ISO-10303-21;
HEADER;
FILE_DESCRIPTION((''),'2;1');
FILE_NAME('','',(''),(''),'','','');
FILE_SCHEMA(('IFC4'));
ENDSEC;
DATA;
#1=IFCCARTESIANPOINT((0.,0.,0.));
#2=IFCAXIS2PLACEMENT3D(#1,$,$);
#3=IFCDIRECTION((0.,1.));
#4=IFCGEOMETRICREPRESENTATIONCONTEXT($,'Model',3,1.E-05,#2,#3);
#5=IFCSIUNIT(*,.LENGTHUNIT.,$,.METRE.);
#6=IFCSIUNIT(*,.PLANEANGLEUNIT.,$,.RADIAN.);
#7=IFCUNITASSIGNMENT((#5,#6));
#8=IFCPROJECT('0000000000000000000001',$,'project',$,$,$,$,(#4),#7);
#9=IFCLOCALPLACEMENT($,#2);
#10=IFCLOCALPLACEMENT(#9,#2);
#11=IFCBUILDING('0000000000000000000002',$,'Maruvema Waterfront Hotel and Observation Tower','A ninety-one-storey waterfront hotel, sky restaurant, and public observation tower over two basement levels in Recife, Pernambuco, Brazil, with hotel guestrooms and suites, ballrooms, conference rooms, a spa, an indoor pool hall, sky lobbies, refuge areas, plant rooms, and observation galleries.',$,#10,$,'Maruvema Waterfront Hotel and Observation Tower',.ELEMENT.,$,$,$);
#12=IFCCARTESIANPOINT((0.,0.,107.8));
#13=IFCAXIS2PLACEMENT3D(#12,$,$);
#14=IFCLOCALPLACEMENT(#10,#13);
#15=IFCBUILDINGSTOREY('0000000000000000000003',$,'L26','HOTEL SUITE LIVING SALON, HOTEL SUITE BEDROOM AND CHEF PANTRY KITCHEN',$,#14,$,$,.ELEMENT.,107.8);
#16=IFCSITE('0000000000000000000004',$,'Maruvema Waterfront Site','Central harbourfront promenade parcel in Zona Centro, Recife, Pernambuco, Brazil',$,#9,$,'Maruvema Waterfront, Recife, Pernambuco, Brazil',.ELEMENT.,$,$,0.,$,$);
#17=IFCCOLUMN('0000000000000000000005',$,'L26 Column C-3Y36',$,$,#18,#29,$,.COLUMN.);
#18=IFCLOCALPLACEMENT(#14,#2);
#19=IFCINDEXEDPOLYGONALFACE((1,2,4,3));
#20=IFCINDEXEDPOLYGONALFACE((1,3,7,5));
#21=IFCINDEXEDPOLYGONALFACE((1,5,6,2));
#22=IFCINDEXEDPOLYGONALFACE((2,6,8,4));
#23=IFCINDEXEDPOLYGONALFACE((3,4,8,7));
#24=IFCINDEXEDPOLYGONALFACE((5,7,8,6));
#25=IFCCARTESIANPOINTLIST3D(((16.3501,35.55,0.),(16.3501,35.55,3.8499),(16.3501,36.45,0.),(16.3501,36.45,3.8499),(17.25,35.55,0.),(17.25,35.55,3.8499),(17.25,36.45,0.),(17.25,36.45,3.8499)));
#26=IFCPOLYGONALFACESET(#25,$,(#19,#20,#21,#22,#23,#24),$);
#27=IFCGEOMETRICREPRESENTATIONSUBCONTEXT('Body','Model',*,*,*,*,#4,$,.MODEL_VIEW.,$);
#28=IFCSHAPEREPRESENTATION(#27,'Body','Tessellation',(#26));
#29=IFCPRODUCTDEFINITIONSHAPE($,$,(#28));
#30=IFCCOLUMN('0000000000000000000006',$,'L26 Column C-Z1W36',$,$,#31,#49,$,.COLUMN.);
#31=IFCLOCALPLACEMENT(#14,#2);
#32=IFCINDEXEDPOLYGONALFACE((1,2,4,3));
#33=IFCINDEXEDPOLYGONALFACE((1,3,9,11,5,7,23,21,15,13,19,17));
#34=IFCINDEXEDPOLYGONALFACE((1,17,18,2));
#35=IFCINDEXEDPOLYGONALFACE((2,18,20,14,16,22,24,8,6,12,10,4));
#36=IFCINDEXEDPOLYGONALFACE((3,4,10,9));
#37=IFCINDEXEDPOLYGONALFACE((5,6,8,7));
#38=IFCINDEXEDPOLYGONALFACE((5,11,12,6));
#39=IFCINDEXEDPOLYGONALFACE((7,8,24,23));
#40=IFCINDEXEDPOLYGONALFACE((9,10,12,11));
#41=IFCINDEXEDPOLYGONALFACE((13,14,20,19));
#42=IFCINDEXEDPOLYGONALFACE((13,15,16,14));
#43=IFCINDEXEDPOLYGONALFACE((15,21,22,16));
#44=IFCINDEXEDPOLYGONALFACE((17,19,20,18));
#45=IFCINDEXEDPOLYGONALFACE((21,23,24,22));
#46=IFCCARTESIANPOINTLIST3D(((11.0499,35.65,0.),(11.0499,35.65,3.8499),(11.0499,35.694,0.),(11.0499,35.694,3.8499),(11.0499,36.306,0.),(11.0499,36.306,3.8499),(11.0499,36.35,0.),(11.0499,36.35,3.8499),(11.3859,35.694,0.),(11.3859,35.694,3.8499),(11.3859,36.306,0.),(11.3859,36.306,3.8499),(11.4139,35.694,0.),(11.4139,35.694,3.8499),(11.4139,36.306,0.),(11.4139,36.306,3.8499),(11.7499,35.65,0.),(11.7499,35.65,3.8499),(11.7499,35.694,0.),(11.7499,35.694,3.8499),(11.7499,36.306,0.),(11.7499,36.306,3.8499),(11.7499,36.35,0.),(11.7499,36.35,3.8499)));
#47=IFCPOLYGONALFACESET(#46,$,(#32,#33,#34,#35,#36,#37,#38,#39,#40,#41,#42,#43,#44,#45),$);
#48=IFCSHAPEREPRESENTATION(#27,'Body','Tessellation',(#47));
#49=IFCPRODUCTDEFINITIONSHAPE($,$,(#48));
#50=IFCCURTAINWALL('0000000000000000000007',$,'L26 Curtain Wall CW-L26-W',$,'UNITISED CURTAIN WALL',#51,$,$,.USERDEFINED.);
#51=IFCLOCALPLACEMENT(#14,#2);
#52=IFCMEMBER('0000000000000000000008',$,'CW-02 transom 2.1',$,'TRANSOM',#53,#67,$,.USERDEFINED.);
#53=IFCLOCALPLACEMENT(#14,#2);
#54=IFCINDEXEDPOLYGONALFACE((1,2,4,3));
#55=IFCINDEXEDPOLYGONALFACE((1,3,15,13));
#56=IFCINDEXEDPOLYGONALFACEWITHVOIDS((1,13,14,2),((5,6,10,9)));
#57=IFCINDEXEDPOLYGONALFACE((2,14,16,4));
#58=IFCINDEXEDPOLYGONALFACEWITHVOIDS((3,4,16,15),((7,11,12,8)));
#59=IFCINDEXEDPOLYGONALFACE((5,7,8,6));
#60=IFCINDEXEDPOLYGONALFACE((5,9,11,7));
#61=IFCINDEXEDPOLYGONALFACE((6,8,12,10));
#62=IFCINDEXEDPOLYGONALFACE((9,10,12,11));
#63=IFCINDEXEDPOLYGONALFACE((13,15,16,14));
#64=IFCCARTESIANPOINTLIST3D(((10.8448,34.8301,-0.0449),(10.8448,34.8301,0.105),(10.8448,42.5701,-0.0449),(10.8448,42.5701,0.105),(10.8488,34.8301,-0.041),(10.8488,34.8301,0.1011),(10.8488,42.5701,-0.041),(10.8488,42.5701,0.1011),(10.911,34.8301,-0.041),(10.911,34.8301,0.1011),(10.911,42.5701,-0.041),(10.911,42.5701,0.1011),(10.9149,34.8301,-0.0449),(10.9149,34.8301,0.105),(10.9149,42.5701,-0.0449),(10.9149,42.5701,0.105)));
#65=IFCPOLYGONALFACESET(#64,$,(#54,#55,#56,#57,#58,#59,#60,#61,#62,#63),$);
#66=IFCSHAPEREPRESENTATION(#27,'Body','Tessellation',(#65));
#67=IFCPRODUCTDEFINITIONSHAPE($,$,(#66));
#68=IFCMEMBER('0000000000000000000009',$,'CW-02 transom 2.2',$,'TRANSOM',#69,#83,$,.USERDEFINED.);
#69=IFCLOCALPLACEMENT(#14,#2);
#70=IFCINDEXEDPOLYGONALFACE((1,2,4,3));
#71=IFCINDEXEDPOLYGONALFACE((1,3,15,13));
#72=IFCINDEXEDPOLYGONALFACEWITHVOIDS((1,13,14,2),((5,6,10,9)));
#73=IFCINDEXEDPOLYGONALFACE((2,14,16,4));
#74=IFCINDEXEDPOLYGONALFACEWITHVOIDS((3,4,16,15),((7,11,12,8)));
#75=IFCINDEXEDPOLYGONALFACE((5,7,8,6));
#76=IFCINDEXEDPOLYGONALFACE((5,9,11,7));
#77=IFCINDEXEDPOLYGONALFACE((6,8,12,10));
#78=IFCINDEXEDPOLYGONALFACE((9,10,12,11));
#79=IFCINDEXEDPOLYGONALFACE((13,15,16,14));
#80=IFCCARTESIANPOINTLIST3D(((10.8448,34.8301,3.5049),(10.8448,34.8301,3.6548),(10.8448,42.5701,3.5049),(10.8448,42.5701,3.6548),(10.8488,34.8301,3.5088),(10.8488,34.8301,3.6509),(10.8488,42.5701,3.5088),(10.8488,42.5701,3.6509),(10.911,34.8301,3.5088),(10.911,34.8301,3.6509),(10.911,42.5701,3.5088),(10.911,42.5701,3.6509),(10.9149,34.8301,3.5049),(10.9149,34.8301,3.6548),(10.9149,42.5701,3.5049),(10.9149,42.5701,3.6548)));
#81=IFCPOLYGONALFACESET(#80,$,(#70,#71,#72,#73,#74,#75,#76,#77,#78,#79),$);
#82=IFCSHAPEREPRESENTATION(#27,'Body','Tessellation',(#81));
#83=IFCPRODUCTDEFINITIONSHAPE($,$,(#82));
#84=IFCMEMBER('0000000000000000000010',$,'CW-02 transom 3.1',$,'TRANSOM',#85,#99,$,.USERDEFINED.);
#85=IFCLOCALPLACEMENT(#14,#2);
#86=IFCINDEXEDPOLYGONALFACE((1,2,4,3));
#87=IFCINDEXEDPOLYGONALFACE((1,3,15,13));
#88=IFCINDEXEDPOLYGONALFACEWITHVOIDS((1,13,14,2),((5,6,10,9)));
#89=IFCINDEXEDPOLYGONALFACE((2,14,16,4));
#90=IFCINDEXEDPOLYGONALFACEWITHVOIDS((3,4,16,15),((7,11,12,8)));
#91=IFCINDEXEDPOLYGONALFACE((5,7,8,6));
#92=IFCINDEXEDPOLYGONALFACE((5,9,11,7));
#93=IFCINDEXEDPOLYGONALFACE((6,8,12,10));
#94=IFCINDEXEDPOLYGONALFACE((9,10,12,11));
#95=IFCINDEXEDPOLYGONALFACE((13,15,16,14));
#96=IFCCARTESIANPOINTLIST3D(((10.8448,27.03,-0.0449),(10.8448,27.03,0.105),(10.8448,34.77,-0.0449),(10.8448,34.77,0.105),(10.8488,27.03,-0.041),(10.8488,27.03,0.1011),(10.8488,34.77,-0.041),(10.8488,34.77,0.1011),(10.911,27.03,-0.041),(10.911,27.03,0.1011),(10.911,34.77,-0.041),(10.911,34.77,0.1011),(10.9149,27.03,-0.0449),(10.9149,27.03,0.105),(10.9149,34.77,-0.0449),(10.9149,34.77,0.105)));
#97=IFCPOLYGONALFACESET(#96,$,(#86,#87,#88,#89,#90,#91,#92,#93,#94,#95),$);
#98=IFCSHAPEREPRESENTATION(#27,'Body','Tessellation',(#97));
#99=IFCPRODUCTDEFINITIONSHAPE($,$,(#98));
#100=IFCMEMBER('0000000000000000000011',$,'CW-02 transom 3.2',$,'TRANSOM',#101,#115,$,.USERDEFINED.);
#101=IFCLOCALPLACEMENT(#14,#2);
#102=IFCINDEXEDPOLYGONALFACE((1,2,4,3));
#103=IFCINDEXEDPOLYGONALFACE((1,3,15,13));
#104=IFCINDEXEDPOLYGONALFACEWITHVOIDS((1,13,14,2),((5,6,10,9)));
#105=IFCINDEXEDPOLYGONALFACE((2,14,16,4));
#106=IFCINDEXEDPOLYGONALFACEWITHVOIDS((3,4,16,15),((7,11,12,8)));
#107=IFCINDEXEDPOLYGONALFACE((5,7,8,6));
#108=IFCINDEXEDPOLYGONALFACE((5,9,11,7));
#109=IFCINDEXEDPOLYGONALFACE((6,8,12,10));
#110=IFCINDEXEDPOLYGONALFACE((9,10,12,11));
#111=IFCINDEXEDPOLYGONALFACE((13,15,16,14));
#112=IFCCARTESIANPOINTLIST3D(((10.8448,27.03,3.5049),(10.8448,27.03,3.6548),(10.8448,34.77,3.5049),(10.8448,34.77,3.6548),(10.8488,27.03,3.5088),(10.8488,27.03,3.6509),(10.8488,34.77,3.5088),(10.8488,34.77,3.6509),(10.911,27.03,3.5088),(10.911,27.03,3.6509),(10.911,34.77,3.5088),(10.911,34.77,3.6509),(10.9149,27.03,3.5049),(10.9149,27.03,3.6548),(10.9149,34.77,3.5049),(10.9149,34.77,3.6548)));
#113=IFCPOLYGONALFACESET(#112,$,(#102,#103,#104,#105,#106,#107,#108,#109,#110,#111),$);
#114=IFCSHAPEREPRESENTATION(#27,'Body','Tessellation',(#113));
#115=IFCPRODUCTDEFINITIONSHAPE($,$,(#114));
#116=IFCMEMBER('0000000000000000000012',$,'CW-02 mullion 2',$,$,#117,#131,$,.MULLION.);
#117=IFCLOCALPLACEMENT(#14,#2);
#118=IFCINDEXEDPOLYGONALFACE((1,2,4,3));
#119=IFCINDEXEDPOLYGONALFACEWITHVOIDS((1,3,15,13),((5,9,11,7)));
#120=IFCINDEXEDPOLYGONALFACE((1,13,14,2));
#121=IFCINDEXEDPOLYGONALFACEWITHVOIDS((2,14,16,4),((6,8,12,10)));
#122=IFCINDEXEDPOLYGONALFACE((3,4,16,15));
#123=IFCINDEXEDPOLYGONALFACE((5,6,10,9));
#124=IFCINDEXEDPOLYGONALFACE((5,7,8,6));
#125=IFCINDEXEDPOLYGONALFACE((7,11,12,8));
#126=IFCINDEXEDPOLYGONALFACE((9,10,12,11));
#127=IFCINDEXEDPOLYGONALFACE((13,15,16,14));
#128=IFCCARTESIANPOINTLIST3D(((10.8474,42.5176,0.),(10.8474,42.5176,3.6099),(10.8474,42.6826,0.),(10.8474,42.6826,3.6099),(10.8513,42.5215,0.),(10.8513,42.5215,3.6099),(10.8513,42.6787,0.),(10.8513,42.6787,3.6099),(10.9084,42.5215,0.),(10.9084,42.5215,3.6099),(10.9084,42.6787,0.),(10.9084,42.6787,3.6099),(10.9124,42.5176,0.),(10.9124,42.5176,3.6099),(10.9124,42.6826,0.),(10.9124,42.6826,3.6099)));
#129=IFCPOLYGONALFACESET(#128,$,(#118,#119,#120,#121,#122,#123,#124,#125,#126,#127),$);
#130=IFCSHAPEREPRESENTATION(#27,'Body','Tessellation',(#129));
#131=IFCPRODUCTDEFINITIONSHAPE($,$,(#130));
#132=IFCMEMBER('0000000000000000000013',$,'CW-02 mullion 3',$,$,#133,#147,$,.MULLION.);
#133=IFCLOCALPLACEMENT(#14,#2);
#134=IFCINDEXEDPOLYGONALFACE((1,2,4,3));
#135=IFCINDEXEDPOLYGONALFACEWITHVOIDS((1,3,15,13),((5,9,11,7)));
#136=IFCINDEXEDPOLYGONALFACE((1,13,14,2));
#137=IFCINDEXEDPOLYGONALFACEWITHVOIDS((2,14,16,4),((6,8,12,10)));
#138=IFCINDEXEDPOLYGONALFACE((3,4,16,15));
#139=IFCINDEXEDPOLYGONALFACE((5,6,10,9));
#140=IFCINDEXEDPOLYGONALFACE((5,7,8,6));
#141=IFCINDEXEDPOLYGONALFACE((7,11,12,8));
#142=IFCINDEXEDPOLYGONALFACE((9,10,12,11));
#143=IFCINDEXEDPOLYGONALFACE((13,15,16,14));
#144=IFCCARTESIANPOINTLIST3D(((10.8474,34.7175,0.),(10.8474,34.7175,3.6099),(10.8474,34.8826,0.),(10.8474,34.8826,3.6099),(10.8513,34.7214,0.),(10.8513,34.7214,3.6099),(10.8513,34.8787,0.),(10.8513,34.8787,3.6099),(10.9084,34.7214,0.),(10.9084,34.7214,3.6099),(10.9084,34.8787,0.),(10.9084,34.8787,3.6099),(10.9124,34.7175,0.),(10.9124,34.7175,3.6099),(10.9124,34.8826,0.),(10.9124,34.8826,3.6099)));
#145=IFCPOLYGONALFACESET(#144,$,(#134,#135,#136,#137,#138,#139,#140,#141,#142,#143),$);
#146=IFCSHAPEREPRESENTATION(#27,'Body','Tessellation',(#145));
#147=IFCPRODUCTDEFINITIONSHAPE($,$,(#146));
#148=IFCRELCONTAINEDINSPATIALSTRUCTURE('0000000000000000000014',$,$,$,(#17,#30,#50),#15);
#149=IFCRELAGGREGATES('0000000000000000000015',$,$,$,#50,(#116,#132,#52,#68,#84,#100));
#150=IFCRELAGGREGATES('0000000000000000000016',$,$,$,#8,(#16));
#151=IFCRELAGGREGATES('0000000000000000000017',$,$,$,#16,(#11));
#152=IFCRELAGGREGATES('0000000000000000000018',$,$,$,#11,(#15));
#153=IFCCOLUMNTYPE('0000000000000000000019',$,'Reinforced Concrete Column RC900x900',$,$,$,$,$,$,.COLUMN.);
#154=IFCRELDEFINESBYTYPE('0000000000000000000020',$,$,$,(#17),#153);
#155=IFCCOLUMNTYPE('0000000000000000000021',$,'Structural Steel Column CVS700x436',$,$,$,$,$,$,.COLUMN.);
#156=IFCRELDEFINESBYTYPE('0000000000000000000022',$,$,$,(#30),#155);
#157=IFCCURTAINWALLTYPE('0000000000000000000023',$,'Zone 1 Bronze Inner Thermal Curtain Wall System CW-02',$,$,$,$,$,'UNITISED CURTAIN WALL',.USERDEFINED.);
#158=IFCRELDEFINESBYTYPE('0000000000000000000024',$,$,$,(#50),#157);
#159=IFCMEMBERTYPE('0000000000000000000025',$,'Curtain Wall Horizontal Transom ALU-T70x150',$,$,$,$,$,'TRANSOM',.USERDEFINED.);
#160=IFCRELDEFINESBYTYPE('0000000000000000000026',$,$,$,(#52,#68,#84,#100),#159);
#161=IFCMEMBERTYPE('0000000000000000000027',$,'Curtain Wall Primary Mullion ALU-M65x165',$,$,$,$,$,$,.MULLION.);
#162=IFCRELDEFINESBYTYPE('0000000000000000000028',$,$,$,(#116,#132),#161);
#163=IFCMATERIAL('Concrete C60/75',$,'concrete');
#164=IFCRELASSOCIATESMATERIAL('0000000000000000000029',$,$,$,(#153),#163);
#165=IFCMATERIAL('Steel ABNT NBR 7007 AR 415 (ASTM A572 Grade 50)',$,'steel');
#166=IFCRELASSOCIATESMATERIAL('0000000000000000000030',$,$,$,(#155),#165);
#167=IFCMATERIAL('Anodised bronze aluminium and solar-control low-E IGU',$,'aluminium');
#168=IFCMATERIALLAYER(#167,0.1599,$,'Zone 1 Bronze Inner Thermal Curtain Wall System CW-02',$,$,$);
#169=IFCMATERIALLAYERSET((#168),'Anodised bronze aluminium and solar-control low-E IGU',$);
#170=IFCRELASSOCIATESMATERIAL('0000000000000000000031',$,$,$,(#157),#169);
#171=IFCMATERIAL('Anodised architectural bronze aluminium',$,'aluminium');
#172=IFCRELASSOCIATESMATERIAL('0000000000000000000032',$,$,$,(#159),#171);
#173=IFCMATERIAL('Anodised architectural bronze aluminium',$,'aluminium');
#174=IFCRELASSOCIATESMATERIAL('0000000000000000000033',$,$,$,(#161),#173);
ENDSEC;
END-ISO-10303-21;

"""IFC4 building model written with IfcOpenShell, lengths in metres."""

from ifc_helpers import new_model, si_unit, direction, frame, origin, origin_2d, place, context, subcontext, project, spatial, rectangle, hollow_rectangle, i_section, extrude, material, layer, layer_set, material_profile, profile_set, type_object, element, aggregate, save


model = new_model("IFC4")

# Units and contexts
model_context = context("Model", 3, precision=1e-05, world=origin(), true_north=direction((0.0, 1.0)))
body_context = subcontext(model_context, "Body", "Model", "MODEL_VIEW")
ifc_project = project(units=[si_unit("LENGTHUNIT", "METRE"), si_unit("PLANEANGLEUNIT", "RADIAN")], contexts=[model_context])

# Site, building, storey
site_placement = place(None, origin())
site = spatial("IfcSite", under=ifc_project, at=site_placement, Name="Maruvema Waterfront Site", Description="Central harbourfront promenade parcel in Zona Centro, Recife, Pernambuco, Brazil", LongName="Maruvema Waterfront, Recife, Pernambuco, Brazil", CompositionType="ELEMENT", RefElevation=0.0)
building_placement = place(site_placement, origin())
building = spatial("IfcBuilding", under=site, at=building_placement, Name="Maruvema Waterfront Hotel and Observation Tower", Description="A ninety-one-storey waterfront hotel, sky restaurant, and public observation tower over two basement levels in Recife, Pernambuco, Brazil, with hotel guestrooms and suites, ballrooms, conference rooms, a spa, an indoor pool hall, sky lobbies, refuge areas, plant rooms, and observation galleries.", LongName="Maruvema Waterfront Hotel and Observation Tower", CompositionType="ELEMENT")
storey_placement = place(building_placement, frame((0.0, 0.0, 107.8)))
storey = spatial("IfcBuildingStorey", under=building, at=storey_placement, Name="L26", Description="HOTEL SUITE LIVING SALON, HOTEL SUITE BEDROOM AND CHEF PANTRY KITCHEN", CompositionType="ELEMENT", Elevation=107.8)

# Columns
ifc_material_1 = material(Name="Concrete C60/75", Category="concrete")
ifc_material_profile_1 = material_profile(ifc_material_1, rectangle(XDim=0.8999, YDim=0.8999, at=origin_2d()), Name="RC900x900")
ifc_profile_set_1 = profile_set([ifc_material_profile_1], Name="Concrete C60/75")
column_type_1 = type_object("IfcColumnType", Name="Reinforced Concrete Column RC900x900", PredefinedType="COLUMN", material=ifc_profile_set_1)
column_1_placement = place(storey_placement, frame((16.8, 36.0, 0.0), z_axis=(0.0, 0.0, 1.0), x_axis=(1.0, 0.0, 0.0)))
element("IfcColumn", 1, at=column_1_placement, inside=storey, type_object=column_type_1, Name="L26 Column C-3Y36", PredefinedType="COLUMN", context=body_context, shape_type="SweptSolid", body=[
    extrude(rectangle(XDim=0.8999, YDim=0.8999, at=origin_2d()), origin(), (0.0, 0.0, 1.0), 3.8499),
])
ifc_material_2 = material(Name="Steel ABNT NBR 7007 AR 415 (ASTM A572 Grade 50)", Category="steel")
ifc_material_profile_2 = material_profile(ifc_material_2, i_section(OverallWidth=0.7, OverallDepth=0.7, WebThickness=0.0281, FlangeThickness=0.0439, at=origin_2d()), Name="CVS700x436")
ifc_profile_set_2 = profile_set([ifc_material_profile_2], Name="Steel ABNT NBR 7007 AR 415 (ASTM A572 Grade 50)")
column_type_2 = type_object("IfcColumnType", Name="Structural Steel Column CVS700x436", PredefinedType="COLUMN", material=ifc_profile_set_2)
column_2_placement = place(storey_placement, frame((11.3999, 36.0, 0.0), z_axis=(0.0, 0.0, 1.0), x_axis=(1.0, 0.0, 0.0)))
element("IfcColumn", 2, at=column_2_placement, inside=storey, type_object=column_type_2, Name="L26 Column C-Z1W36", PredefinedType="COLUMN", context=body_context, shape_type="SweptSolid", body=[
    extrude(i_section(OverallWidth=0.7, OverallDepth=0.7, WebThickness=0.0281, FlangeThickness=0.0439, at=origin_2d()), origin(), (0.0, 0.0, 1.0), 3.8499),
])

# Curtain wall, members
ifc_material_3 = material(Name="Anodised bronze aluminium and solar-control low-E IGU", Category="aluminium")
ifc_layer_1 = layer(ifc_material_3, 0.1599, Name="Zone 1 Bronze Inner Thermal Curtain Wall System CW-02")
ifc_layer_set_1 = layer_set([ifc_layer_1], Name="Anodised bronze aluminium and solar-control low-E IGU")
curtain_wall_type = type_object("IfcCurtainWallType", Name="Zone 1 Bronze Inner Thermal Curtain Wall System CW-02", ElementType="UNITISED CURTAIN WALL", PredefinedType="USERDEFINED", material=ifc_layer_set_1)
curtain_wall_placement = place(storey_placement, origin())
curtain_wall = element("IfcCurtainWall", 3, at=curtain_wall_placement, inside=storey, type_object=curtain_wall_type, Name="L26 Curtain Wall CW-L26-W", ObjectType="UNITISED CURTAIN WALL", PredefinedType="USERDEFINED")
ifc_material_4 = material(Name="Anodised architectural bronze aluminium", Category="aluminium")
ifc_material_profile_3 = material_profile(ifc_material_4, hollow_rectangle(XDim=0.0701, YDim=0.1499, WallThickness=0.0039, at=origin_2d()), Name="ALU-T70x150")
ifc_profile_set_3 = profile_set([ifc_material_profile_3], Name="Anodised architectural bronze aluminium")
member_type_1 = type_object("IfcMemberType", Name="Curtain Wall Horizontal Transom ALU-T70x150", ElementType="TRANSOM", PredefinedType="USERDEFINED", material=ifc_profile_set_3)
member_1_placement = place(storey_placement, frame((10.8799, 42.5701, 0.03), z_axis=(0.0, -1.0, 0.0), x_axis=(1.0, 0.0, 0.0)))
member_1 = element("IfcMember", 4, at=member_1_placement, type_object=member_type_1, Name="CW-02 transom 2.1", ObjectType="TRANSOM", PredefinedType="USERDEFINED", context=body_context, shape_type="SweptSolid", body=[
    extrude(hollow_rectangle(XDim=0.0701, YDim=0.1499, WallThickness=0.0039, at=origin_2d()), origin(), (0.0, 0.0, 1.0), 7.74),
])
member_2_placement = place(storey_placement, frame((10.8799, 42.5701, 3.5798), z_axis=(0.0, -1.0, 0.0), x_axis=(1.0, 0.0, 0.0)))
member_2 = element("IfcMember", 5, at=member_2_placement, type_object=member_type_1, Name="CW-02 transom 2.2", ObjectType="TRANSOM", PredefinedType="USERDEFINED", context=body_context, shape_type="SweptSolid", body=[
    extrude(hollow_rectangle(XDim=0.0701, YDim=0.1499, WallThickness=0.0039, at=origin_2d()), origin(), (0.0, 0.0, 1.0), 7.74),
])
member_3_placement = place(storey_placement, frame((10.8799, 34.77, 0.03), z_axis=(0.0, -1.0, 0.0), x_axis=(1.0, 0.0, 0.0)))
member_3 = element("IfcMember", 6, at=member_3_placement, type_object=member_type_1, Name="CW-02 transom 3.1", ObjectType="TRANSOM", PredefinedType="USERDEFINED", context=body_context, shape_type="SweptSolid", body=[
    extrude(hollow_rectangle(XDim=0.0701, YDim=0.1499, WallThickness=0.0039, at=origin_2d()), origin(), (0.0, 0.0, 1.0), 7.74),
])
member_4_placement = place(storey_placement, frame((10.8799, 34.77, 3.5798), z_axis=(0.0, -1.0, 0.0), x_axis=(1.0, 0.0, 0.0)))
member_4 = element("IfcMember", 7, at=member_4_placement, type_object=member_type_1, Name="CW-02 transom 3.2", ObjectType="TRANSOM", PredefinedType="USERDEFINED", context=body_context, shape_type="SweptSolid", body=[
    extrude(hollow_rectangle(XDim=0.0701, YDim=0.1499, WallThickness=0.0039, at=origin_2d()), origin(), (0.0, 0.0, 1.0), 7.74),
])
ifc_material_5 = material(Name="Anodised architectural bronze aluminium", Category="aluminium")
ifc_material_profile_4 = material_profile(ifc_material_5, hollow_rectangle(XDim=0.0649, YDim=0.165, WallThickness=0.0039, at=origin_2d()), Name="ALU-M65x165")
ifc_profile_set_4 = profile_set([ifc_material_profile_4], Name="Anodised architectural bronze aluminium")
member_type_2 = type_object("IfcMemberType", Name="Curtain Wall Primary Mullion ALU-M65x165", PredefinedType="MULLION", material=ifc_profile_set_4)
member_5_placement = place(storey_placement, frame((10.8799, 42.6001, 0.0), z_axis=(0.0, 0.0, 1.0), x_axis=(1.0, 0.0, 0.0)))
member_5 = element("IfcMember", 8, at=member_5_placement, type_object=member_type_2, Name="CW-02 mullion 2", PredefinedType="MULLION", context=body_context, shape_type="SweptSolid", body=[
    extrude(hollow_rectangle(XDim=0.0649, YDim=0.165, WallThickness=0.0039, at=origin_2d()), origin(), (0.0, 0.0, 1.0), 3.6099),
])
member_6_placement = place(storey_placement, frame((10.8799, 34.8, 0.0), z_axis=(0.0, 0.0, 1.0), x_axis=(1.0, 0.0, 0.0)))
member_6 = element("IfcMember", 9, at=member_6_placement, type_object=member_type_2, Name="CW-02 mullion 3", PredefinedType="MULLION", context=body_context, shape_type="SweptSolid", body=[
    extrude(hollow_rectangle(XDim=0.0649, YDim=0.165, WallThickness=0.0039, at=origin_2d()), origin(), (0.0, 0.0, 1.0), 3.6099),
])

aggregate(curtain_wall, [member_5, member_6, member_1, member_2, member_3, member_4])

save(model, "model.ifc")
